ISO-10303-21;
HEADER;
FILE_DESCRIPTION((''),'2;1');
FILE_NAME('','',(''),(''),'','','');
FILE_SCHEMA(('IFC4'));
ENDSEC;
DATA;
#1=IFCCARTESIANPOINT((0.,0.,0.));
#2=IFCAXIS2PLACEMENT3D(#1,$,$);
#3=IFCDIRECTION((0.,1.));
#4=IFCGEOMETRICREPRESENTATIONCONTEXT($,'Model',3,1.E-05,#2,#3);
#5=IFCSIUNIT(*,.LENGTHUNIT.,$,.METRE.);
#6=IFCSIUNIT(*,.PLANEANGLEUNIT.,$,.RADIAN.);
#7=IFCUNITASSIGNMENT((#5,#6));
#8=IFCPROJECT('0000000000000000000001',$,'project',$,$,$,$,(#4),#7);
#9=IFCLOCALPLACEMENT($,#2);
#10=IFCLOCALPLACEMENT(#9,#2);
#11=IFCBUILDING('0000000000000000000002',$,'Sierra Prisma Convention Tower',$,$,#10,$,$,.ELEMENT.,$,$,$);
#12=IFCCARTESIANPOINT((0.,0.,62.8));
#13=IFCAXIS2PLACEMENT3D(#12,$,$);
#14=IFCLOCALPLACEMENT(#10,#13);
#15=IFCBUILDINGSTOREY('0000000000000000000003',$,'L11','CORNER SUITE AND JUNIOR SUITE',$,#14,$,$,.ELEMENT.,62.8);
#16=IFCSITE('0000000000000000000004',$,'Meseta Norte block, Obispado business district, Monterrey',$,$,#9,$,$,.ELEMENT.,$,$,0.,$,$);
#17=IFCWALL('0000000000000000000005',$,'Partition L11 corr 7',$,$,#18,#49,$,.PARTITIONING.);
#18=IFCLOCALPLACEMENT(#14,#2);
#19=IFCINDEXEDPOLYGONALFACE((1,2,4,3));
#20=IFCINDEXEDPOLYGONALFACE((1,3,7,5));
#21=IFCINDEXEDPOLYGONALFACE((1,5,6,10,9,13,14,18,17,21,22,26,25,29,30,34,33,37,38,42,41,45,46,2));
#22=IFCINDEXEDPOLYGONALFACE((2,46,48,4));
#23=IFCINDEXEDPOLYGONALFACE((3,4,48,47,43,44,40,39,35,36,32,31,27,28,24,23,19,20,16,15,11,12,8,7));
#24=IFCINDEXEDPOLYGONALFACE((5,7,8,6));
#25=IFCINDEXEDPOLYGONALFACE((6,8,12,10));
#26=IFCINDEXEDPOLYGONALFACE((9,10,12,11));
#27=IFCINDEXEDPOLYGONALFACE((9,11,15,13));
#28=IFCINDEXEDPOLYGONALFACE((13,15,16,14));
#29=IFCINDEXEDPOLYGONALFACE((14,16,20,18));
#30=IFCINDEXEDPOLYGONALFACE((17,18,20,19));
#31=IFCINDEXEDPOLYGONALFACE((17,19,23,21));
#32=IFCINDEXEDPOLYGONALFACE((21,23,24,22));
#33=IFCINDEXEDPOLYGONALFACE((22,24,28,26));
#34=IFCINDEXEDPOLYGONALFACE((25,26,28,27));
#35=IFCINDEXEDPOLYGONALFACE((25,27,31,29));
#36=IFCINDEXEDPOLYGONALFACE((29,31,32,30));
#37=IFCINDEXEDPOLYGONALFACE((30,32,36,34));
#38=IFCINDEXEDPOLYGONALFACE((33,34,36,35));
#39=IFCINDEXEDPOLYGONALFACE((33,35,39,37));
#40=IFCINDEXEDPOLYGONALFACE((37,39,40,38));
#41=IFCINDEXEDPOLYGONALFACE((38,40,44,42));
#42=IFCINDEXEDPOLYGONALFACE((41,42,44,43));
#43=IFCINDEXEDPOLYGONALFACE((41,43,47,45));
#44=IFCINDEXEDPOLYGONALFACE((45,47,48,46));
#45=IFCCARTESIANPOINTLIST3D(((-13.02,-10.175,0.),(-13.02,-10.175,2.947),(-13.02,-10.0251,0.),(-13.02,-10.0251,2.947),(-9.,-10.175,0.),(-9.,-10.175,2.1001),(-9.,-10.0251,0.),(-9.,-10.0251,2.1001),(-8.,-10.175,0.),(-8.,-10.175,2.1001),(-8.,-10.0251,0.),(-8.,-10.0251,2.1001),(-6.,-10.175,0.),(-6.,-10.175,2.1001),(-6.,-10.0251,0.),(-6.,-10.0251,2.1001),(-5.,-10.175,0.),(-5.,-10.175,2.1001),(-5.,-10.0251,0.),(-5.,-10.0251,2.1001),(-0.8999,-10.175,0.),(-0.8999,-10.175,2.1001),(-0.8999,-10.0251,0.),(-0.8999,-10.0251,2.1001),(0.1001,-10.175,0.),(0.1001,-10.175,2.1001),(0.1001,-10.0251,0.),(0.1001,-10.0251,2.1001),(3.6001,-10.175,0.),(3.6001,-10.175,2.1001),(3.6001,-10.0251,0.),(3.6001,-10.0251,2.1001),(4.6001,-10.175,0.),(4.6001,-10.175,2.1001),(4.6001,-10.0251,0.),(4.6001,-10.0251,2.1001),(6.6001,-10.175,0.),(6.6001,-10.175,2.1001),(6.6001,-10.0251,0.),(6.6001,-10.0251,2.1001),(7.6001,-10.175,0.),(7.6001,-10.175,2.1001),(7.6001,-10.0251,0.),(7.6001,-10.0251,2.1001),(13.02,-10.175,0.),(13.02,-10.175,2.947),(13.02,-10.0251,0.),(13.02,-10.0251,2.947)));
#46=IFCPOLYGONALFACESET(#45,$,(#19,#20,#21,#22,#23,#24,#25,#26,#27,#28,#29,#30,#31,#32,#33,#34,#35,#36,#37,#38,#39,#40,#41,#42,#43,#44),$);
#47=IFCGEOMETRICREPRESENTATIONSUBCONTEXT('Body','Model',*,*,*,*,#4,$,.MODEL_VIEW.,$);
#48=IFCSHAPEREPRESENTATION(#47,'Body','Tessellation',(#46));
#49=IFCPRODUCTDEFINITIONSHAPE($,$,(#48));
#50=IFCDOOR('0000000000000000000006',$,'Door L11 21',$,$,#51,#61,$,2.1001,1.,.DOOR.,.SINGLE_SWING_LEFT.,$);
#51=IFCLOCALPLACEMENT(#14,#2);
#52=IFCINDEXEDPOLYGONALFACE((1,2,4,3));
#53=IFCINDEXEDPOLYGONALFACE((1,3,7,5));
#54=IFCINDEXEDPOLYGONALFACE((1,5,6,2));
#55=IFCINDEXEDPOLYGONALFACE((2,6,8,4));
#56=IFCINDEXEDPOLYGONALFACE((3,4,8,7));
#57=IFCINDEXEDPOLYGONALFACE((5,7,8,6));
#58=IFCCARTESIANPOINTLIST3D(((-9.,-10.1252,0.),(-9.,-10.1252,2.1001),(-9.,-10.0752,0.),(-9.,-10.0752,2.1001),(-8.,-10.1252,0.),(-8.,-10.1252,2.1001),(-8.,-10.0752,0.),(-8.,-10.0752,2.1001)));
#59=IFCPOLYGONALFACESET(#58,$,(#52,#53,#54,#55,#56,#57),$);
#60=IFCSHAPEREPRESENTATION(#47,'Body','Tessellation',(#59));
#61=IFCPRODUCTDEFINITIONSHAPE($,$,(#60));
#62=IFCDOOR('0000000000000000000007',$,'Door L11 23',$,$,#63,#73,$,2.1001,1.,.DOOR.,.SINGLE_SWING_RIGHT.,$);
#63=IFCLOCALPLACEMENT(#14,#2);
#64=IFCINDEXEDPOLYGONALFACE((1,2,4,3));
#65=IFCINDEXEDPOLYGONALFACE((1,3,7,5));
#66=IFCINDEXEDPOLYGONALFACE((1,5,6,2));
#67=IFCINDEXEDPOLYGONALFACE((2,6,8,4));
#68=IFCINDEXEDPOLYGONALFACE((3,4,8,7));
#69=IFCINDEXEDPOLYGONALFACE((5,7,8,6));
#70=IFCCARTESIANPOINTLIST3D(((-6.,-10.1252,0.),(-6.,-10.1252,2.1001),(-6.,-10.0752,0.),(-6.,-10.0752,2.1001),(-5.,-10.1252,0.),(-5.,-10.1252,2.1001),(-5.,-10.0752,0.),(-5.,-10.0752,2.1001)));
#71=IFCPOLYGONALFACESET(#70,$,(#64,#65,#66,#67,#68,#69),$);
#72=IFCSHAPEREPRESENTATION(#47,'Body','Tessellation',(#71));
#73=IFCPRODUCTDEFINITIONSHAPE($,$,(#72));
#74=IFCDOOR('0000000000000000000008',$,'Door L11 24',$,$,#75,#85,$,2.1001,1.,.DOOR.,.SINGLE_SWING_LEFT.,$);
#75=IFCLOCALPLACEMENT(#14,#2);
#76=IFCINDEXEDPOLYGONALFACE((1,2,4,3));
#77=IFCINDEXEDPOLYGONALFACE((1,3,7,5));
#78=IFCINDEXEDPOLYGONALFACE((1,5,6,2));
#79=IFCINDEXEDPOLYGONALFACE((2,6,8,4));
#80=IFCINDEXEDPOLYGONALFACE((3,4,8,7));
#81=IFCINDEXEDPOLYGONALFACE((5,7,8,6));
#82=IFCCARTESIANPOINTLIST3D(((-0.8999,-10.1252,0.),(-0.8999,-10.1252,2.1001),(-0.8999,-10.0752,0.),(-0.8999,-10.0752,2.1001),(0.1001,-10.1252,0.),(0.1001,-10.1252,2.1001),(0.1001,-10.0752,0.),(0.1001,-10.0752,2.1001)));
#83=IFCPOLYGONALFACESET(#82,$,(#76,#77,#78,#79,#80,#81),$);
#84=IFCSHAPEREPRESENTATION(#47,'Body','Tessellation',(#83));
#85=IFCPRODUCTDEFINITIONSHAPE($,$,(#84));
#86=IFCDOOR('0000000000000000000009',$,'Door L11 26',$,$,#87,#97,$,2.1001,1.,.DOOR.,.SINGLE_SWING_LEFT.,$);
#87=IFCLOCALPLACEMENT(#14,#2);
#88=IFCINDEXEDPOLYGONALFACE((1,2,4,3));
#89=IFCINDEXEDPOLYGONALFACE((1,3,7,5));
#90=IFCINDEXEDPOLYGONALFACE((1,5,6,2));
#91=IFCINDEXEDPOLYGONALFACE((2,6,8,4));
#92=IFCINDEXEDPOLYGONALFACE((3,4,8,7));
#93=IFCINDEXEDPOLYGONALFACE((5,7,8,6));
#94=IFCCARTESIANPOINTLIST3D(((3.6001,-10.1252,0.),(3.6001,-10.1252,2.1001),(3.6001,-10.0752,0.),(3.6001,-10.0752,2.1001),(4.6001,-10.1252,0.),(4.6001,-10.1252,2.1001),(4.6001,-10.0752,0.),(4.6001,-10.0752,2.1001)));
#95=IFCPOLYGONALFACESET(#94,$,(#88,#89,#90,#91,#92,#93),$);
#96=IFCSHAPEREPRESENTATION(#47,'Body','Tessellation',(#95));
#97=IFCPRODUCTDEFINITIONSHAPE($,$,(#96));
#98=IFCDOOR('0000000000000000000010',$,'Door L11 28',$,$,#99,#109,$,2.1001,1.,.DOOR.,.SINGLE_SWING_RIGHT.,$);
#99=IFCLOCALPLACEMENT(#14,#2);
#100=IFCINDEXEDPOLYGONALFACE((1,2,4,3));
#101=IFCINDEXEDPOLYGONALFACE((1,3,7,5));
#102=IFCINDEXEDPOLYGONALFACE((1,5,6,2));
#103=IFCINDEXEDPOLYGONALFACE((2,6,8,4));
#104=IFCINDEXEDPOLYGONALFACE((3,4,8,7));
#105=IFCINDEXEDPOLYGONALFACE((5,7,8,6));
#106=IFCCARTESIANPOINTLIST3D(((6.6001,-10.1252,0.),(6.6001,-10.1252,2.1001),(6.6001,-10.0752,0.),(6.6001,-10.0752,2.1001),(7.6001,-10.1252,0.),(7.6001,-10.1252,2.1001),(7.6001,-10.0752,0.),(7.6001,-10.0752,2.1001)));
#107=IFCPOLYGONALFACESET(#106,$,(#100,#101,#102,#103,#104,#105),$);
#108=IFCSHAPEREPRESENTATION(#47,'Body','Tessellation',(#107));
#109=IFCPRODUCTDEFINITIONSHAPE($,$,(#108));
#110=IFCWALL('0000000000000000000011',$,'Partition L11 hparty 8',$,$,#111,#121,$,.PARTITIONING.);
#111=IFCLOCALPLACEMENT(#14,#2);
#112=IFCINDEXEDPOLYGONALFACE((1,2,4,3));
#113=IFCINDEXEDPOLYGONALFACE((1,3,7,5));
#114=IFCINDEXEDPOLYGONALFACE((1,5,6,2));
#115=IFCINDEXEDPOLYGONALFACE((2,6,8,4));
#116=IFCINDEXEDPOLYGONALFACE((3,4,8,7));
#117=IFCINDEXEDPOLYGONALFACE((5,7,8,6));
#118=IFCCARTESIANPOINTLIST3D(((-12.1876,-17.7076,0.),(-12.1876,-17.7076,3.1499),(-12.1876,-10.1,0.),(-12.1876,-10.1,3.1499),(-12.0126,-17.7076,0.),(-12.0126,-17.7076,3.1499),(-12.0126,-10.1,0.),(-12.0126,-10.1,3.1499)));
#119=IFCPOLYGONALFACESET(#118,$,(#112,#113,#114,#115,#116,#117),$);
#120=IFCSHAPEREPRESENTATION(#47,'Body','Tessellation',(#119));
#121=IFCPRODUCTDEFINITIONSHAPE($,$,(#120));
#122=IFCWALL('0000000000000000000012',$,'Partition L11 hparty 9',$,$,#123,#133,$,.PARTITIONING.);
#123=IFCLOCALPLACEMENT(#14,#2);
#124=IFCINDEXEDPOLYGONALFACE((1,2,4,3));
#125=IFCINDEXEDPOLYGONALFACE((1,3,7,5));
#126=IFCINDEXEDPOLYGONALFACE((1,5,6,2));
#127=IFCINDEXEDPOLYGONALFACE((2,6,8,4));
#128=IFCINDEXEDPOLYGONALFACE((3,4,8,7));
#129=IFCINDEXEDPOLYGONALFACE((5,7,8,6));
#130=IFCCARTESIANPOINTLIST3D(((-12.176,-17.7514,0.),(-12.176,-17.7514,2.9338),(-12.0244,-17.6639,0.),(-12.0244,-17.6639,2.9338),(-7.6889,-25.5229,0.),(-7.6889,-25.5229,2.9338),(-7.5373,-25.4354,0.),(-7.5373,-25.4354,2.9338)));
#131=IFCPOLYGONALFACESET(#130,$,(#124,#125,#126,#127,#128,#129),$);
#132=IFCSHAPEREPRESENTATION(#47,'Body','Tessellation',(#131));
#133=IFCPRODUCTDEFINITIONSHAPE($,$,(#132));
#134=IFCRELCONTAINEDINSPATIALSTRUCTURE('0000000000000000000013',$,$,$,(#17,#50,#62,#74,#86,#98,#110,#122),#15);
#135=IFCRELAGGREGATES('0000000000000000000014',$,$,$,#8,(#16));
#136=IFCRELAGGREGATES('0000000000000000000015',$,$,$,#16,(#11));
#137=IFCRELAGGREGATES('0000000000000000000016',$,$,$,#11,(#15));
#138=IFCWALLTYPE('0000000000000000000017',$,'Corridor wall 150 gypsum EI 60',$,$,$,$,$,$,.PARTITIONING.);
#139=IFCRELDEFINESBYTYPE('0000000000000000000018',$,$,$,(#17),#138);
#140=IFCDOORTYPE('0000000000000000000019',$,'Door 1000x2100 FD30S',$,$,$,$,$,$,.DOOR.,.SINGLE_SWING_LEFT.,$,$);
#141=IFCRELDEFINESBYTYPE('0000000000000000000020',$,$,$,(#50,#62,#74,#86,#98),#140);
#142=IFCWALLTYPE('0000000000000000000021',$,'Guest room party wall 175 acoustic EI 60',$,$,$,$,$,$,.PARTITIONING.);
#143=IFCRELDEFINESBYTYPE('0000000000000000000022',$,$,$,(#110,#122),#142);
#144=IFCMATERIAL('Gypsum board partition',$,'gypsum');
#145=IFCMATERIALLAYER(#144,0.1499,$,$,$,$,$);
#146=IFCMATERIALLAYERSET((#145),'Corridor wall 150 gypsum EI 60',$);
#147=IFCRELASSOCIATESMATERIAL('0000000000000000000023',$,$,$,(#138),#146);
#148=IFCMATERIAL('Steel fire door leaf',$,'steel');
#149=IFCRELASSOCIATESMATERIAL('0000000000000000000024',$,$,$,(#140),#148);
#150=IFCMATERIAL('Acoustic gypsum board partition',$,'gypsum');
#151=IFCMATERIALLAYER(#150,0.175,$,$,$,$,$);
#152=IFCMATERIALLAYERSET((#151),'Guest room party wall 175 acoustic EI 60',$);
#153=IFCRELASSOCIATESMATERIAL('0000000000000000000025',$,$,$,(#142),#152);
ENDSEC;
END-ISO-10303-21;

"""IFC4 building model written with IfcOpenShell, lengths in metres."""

from ifc_helpers import new_model, si_unit, direction, frame, frame_2d, origin, place, context, subcontext, project, spatial, rectangle, extrude, material, layer, layer_set, type_object, element, fill, save


model = new_model("IFC4")

# Units and contexts
model_context = context("Model", 3, precision=1e-05, world=origin(), true_north=direction((0.0, 1.0)))
body_context = subcontext(model_context, "Body", "Model", "MODEL_VIEW")
ifc_project = project(units=[si_unit("LENGTHUNIT", "METRE"), si_unit("PLANEANGLEUNIT", "RADIAN")], contexts=[model_context])

# Site, building, storey
site_placement = place(None, origin())
site = spatial("IfcSite", under=ifc_project, at=site_placement, Name="Meseta Norte block, Obispado business district, Monterrey", CompositionType="ELEMENT", RefElevation=0.0)
building_placement = place(site_placement, origin())
building = spatial("IfcBuilding", under=site, at=building_placement, Name="Sierra Prisma Convention Tower", CompositionType="ELEMENT")
storey_placement = place(building_placement, frame((0.0, 0.0, 62.8)))
storey = spatial("IfcBuildingStorey", under=building, at=storey_placement, Name="L11", Description="CORNER SUITE AND JUNIOR SUITE", CompositionType="ELEMENT", Elevation=62.8)

# Shared definitions
ifc_material_1 = material(Name="Gypsum board partition", Category="gypsum")
ifc_layer_1 = layer(ifc_material_1, 0.1499)
ifc_layer_set_1 = layer_set([ifc_layer_1], Name="Corridor wall 150 gypsum EI 60")
wall_type_1 = type_object("IfcWallType", Name="Corridor wall 150 gypsum EI 60", PredefinedType="PARTITIONING", material=ifc_layer_set_1)
ifc_material_2 = material(Name="Steel fire door leaf", Category="steel")
door_type_1 = type_object("IfcDoorType", Name="Door 1000x2100 FD30S", OperationType="SINGLE_SWING_LEFT", PredefinedType="DOOR", material=ifc_material_2)

# Wall, openings, doors
wall_1_placement = place(storey_placement, frame((-13.02, -10.1001, 0.0), z_axis=(0.0, 0.0, 1.0), x_axis=(1.0, 0.0, 0.0)))
wall_1 = element("IfcWall", 1, at=wall_1_placement, inside=storey, type_object=wall_type_1, Name="Partition L11 corr 7", PredefinedType="PARTITIONING", context=body_context, shape_type="SweptSolid", body=[
    extrude(rectangle(XDim=26.04, YDim=0.1499, at=frame_2d((13.02, 0.0))), origin(), (0.0, 0.0, 1.0), 2.947),
])
opening_1_placement = place(wall_1_placement, frame((4.02, 0.0, 0.0)))
opening_1 = element("IfcOpeningElement", 2, at=opening_1_placement, cuts=wall_1, PredefinedType="OPENING", context=body_context, shape_type="SweptSolid", body=[
    extrude(rectangle(XDim=1.0, YDim=2.1001, at=frame_2d((0.5, 1.05))), frame((0.0, 0.075, 0.0), z_axis=(0.0, -1.0, 0.0), x_axis=(1.0, 0.0, 0.0)), (0.0, 0.0, 1.0), 0.1499),
])
opening_2_placement = place(wall_1_placement, frame((7.02, 0.0, 0.0)))
opening_2 = element("IfcOpeningElement", 3, at=opening_2_placement, cuts=wall_1, PredefinedType="OPENING", context=body_context, shape_type="SweptSolid", body=[
    extrude(rectangle(XDim=1.0, YDim=2.1001, at=frame_2d((0.5, 1.05))), frame((0.0, 0.075, 0.0), z_axis=(0.0, -1.0, 0.0), x_axis=(1.0, 0.0, 0.0)), (0.0, 0.0, 1.0), 0.1499),
])
opening_3_placement = place(wall_1_placement, frame((12.1201, 0.0, 0.0)))
opening_3 = element("IfcOpeningElement", 4, at=opening_3_placement, cuts=wall_1, PredefinedType="OPENING", context=body_context, shape_type="SweptSolid", body=[
    extrude(rectangle(XDim=1.0, YDim=2.1001, at=frame_2d((0.5, 1.05))), frame((0.0, 0.075, 0.0), z_axis=(0.0, -1.0, 0.0), x_axis=(1.0, 0.0, 0.0)), (0.0, 0.0, 1.0), 0.1499),
])
opening_4_placement = place(wall_1_placement, frame((16.6201, 0.0, 0.0)))
opening_4 = element("IfcOpeningElement", 5, at=opening_4_placement, cuts=wall_1, PredefinedType="OPENING", context=body_context, shape_type="SweptSolid", body=[
    extrude(rectangle(XDim=1.0, YDim=2.1001, at=frame_2d((0.5, 1.05))), frame((0.0, 0.075, 0.0), z_axis=(0.0, -1.0, 0.0), x_axis=(1.0, 0.0, 0.0)), (0.0, 0.0, 1.0), 0.1499),
])
opening_5_placement = place(wall_1_placement, frame((19.6201, 0.0, 0.0)))
opening_5 = element("IfcOpeningElement", 6, at=opening_5_placement, cuts=wall_1, PredefinedType="OPENING", context=body_context, shape_type="SweptSolid", body=[
    extrude(rectangle(XDim=1.0, YDim=2.1001, at=frame_2d((0.5, 1.05))), frame((0.0, 0.075, 0.0), z_axis=(0.0, -1.0, 0.0), x_axis=(1.0, 0.0, 0.0)), (0.0, 0.0, 1.0), 0.1499),
])
door_1_placement = place(opening_1_placement, origin())
door_1 = element("IfcDoor", 7, at=door_1_placement, inside=storey, type_object=door_type_1, Name="Door L11 21", OperationType="SINGLE_SWING_LEFT", OverallHeight=2.1001, OverallWidth=1.0, PredefinedType="DOOR", context=body_context, shape_type="SweptSolid", body=[
    extrude(rectangle(XDim=1.0, YDim=2.1001, at=frame_2d((0.5, 1.05))), frame((0.0, 0.0249, 0.0), z_axis=(0.0, -1.0, 0.0), x_axis=(1.0, 0.0, 0.0)), (0.0, 0.0, 1.0), 0.05),
])
fill(opening_1, door_1)
door_2_placement = place(opening_2_placement, origin())
door_2 = element("IfcDoor", 8, at=door_2_placement, inside=storey, type_object=door_type_1, Name="Door L11 23", OperationType="SINGLE_SWING_RIGHT", OverallHeight=2.1001, OverallWidth=1.0, PredefinedType="DOOR", context=body_context, shape_type="SweptSolid", body=[
    extrude(rectangle(XDim=1.0, YDim=2.1001, at=frame_2d((0.5, 1.05))), frame((0.0, 0.0249, 0.0), z_axis=(0.0, -1.0, 0.0), x_axis=(1.0, 0.0, 0.0)), (0.0, 0.0, 1.0), 0.05),
])
fill(opening_2, door_2)
door_3_placement = place(opening_3_placement, origin())
door_3 = element("IfcDoor", 9, at=door_3_placement, inside=storey, type_object=door_type_1, Name="Door L11 24", OperationType="SINGLE_SWING_LEFT", OverallHeight=2.1001, OverallWidth=1.0, PredefinedType="DOOR", context=body_context, shape_type="SweptSolid", body=[
    extrude(rectangle(XDim=1.0, YDim=2.1001, at=frame_2d((0.5, 1.05))), frame((0.0, 0.0249, 0.0), z_axis=(0.0, -1.0, 0.0), x_axis=(1.0, 0.0, 0.0)), (0.0, 0.0, 1.0), 0.05),
])
fill(opening_3, door_3)
door_4_placement = place(opening_4_placement, origin())
door_4 = element("IfcDoor", 10, at=door_4_placement, inside=storey, type_object=door_type_1, Name="Door L11 26", OperationType="SINGLE_SWING_LEFT", OverallHeight=2.1001, OverallWidth=1.0, PredefinedType="DOOR", context=body_context, shape_type="SweptSolid", body=[
    extrude(rectangle(XDim=1.0, YDim=2.1001, at=frame_2d((0.5, 1.05))), frame((0.0, 0.0249, 0.0), z_axis=(0.0, -1.0, 0.0), x_axis=(1.0, 0.0, 0.0)), (0.0, 0.0, 1.0), 0.05),
])
fill(opening_4, door_4)
door_5_placement = place(opening_5_placement, origin())
door_5 = element("IfcDoor", 11, at=door_5_placement, inside=storey, type_object=door_type_1, Name="Door L11 28", OperationType="SINGLE_SWING_RIGHT", OverallHeight=2.1001, OverallWidth=1.0, PredefinedType="DOOR", context=body_context, shape_type="SweptSolid", body=[
    extrude(rectangle(XDim=1.0, YDim=2.1001, at=frame_2d((0.5, 1.05))), frame((0.0, 0.0249, 0.0), z_axis=(0.0, -1.0, 0.0), x_axis=(1.0, 0.0, 0.0)), (0.0, 0.0, 1.0), 0.05),
])
fill(opening_5, door_5)

# Walls
ifc_material_3 = material(Name="Acoustic gypsum board partition", Category="gypsum")
ifc_layer_2 = layer(ifc_material_3, 0.175)
ifc_layer_set_2 = layer_set([ifc_layer_2], Name="Guest room party wall 175 acoustic EI 60")
wall_type_2 = type_object("IfcWallType", Name="Guest room party wall 175 acoustic EI 60", PredefinedType="PARTITIONING", material=ifc_layer_set_2)
wall_2_placement = place(storey_placement, frame((-12.1001, -10.1001, 0.0), z_axis=(0.0, 0.0, 1.0), x_axis=(0.0, -1.0, 0.0)))
element("IfcWall", 12, at=wall_2_placement, inside=storey, type_object=wall_type_2, Name="Partition L11 hparty 8", PredefinedType="PARTITIONING", context=body_context, shape_type="SweptSolid", body=[
    extrude(rectangle(XDim=7.6077, YDim=0.175, at=frame_2d((3.8037, 0.0))), origin(), (0.0, 0.0, 1.0), 3.1499),
])
wall_3_placement = place(storey_placement, frame((-12.1001, -17.7078, 0.0), z_axis=(0.0, 0.0, 1.0), x_axis=(0.500016, -0.866016, 0.0)))
element("IfcWall", 13, at=wall_3_placement, inside=storey, type_object=wall_type_2, Name="Partition L11 hparty 9", PredefinedType="PARTITIONING", context=body_context, shape_type="SweptSolid", body=[
    extrude(rectangle(XDim=8.9739, YDim=0.175, at=frame_2d((4.4868, 0.0))), origin(), (0.0, 0.0, 1.0), 2.9338),
])

save(model, "model.ifc")
